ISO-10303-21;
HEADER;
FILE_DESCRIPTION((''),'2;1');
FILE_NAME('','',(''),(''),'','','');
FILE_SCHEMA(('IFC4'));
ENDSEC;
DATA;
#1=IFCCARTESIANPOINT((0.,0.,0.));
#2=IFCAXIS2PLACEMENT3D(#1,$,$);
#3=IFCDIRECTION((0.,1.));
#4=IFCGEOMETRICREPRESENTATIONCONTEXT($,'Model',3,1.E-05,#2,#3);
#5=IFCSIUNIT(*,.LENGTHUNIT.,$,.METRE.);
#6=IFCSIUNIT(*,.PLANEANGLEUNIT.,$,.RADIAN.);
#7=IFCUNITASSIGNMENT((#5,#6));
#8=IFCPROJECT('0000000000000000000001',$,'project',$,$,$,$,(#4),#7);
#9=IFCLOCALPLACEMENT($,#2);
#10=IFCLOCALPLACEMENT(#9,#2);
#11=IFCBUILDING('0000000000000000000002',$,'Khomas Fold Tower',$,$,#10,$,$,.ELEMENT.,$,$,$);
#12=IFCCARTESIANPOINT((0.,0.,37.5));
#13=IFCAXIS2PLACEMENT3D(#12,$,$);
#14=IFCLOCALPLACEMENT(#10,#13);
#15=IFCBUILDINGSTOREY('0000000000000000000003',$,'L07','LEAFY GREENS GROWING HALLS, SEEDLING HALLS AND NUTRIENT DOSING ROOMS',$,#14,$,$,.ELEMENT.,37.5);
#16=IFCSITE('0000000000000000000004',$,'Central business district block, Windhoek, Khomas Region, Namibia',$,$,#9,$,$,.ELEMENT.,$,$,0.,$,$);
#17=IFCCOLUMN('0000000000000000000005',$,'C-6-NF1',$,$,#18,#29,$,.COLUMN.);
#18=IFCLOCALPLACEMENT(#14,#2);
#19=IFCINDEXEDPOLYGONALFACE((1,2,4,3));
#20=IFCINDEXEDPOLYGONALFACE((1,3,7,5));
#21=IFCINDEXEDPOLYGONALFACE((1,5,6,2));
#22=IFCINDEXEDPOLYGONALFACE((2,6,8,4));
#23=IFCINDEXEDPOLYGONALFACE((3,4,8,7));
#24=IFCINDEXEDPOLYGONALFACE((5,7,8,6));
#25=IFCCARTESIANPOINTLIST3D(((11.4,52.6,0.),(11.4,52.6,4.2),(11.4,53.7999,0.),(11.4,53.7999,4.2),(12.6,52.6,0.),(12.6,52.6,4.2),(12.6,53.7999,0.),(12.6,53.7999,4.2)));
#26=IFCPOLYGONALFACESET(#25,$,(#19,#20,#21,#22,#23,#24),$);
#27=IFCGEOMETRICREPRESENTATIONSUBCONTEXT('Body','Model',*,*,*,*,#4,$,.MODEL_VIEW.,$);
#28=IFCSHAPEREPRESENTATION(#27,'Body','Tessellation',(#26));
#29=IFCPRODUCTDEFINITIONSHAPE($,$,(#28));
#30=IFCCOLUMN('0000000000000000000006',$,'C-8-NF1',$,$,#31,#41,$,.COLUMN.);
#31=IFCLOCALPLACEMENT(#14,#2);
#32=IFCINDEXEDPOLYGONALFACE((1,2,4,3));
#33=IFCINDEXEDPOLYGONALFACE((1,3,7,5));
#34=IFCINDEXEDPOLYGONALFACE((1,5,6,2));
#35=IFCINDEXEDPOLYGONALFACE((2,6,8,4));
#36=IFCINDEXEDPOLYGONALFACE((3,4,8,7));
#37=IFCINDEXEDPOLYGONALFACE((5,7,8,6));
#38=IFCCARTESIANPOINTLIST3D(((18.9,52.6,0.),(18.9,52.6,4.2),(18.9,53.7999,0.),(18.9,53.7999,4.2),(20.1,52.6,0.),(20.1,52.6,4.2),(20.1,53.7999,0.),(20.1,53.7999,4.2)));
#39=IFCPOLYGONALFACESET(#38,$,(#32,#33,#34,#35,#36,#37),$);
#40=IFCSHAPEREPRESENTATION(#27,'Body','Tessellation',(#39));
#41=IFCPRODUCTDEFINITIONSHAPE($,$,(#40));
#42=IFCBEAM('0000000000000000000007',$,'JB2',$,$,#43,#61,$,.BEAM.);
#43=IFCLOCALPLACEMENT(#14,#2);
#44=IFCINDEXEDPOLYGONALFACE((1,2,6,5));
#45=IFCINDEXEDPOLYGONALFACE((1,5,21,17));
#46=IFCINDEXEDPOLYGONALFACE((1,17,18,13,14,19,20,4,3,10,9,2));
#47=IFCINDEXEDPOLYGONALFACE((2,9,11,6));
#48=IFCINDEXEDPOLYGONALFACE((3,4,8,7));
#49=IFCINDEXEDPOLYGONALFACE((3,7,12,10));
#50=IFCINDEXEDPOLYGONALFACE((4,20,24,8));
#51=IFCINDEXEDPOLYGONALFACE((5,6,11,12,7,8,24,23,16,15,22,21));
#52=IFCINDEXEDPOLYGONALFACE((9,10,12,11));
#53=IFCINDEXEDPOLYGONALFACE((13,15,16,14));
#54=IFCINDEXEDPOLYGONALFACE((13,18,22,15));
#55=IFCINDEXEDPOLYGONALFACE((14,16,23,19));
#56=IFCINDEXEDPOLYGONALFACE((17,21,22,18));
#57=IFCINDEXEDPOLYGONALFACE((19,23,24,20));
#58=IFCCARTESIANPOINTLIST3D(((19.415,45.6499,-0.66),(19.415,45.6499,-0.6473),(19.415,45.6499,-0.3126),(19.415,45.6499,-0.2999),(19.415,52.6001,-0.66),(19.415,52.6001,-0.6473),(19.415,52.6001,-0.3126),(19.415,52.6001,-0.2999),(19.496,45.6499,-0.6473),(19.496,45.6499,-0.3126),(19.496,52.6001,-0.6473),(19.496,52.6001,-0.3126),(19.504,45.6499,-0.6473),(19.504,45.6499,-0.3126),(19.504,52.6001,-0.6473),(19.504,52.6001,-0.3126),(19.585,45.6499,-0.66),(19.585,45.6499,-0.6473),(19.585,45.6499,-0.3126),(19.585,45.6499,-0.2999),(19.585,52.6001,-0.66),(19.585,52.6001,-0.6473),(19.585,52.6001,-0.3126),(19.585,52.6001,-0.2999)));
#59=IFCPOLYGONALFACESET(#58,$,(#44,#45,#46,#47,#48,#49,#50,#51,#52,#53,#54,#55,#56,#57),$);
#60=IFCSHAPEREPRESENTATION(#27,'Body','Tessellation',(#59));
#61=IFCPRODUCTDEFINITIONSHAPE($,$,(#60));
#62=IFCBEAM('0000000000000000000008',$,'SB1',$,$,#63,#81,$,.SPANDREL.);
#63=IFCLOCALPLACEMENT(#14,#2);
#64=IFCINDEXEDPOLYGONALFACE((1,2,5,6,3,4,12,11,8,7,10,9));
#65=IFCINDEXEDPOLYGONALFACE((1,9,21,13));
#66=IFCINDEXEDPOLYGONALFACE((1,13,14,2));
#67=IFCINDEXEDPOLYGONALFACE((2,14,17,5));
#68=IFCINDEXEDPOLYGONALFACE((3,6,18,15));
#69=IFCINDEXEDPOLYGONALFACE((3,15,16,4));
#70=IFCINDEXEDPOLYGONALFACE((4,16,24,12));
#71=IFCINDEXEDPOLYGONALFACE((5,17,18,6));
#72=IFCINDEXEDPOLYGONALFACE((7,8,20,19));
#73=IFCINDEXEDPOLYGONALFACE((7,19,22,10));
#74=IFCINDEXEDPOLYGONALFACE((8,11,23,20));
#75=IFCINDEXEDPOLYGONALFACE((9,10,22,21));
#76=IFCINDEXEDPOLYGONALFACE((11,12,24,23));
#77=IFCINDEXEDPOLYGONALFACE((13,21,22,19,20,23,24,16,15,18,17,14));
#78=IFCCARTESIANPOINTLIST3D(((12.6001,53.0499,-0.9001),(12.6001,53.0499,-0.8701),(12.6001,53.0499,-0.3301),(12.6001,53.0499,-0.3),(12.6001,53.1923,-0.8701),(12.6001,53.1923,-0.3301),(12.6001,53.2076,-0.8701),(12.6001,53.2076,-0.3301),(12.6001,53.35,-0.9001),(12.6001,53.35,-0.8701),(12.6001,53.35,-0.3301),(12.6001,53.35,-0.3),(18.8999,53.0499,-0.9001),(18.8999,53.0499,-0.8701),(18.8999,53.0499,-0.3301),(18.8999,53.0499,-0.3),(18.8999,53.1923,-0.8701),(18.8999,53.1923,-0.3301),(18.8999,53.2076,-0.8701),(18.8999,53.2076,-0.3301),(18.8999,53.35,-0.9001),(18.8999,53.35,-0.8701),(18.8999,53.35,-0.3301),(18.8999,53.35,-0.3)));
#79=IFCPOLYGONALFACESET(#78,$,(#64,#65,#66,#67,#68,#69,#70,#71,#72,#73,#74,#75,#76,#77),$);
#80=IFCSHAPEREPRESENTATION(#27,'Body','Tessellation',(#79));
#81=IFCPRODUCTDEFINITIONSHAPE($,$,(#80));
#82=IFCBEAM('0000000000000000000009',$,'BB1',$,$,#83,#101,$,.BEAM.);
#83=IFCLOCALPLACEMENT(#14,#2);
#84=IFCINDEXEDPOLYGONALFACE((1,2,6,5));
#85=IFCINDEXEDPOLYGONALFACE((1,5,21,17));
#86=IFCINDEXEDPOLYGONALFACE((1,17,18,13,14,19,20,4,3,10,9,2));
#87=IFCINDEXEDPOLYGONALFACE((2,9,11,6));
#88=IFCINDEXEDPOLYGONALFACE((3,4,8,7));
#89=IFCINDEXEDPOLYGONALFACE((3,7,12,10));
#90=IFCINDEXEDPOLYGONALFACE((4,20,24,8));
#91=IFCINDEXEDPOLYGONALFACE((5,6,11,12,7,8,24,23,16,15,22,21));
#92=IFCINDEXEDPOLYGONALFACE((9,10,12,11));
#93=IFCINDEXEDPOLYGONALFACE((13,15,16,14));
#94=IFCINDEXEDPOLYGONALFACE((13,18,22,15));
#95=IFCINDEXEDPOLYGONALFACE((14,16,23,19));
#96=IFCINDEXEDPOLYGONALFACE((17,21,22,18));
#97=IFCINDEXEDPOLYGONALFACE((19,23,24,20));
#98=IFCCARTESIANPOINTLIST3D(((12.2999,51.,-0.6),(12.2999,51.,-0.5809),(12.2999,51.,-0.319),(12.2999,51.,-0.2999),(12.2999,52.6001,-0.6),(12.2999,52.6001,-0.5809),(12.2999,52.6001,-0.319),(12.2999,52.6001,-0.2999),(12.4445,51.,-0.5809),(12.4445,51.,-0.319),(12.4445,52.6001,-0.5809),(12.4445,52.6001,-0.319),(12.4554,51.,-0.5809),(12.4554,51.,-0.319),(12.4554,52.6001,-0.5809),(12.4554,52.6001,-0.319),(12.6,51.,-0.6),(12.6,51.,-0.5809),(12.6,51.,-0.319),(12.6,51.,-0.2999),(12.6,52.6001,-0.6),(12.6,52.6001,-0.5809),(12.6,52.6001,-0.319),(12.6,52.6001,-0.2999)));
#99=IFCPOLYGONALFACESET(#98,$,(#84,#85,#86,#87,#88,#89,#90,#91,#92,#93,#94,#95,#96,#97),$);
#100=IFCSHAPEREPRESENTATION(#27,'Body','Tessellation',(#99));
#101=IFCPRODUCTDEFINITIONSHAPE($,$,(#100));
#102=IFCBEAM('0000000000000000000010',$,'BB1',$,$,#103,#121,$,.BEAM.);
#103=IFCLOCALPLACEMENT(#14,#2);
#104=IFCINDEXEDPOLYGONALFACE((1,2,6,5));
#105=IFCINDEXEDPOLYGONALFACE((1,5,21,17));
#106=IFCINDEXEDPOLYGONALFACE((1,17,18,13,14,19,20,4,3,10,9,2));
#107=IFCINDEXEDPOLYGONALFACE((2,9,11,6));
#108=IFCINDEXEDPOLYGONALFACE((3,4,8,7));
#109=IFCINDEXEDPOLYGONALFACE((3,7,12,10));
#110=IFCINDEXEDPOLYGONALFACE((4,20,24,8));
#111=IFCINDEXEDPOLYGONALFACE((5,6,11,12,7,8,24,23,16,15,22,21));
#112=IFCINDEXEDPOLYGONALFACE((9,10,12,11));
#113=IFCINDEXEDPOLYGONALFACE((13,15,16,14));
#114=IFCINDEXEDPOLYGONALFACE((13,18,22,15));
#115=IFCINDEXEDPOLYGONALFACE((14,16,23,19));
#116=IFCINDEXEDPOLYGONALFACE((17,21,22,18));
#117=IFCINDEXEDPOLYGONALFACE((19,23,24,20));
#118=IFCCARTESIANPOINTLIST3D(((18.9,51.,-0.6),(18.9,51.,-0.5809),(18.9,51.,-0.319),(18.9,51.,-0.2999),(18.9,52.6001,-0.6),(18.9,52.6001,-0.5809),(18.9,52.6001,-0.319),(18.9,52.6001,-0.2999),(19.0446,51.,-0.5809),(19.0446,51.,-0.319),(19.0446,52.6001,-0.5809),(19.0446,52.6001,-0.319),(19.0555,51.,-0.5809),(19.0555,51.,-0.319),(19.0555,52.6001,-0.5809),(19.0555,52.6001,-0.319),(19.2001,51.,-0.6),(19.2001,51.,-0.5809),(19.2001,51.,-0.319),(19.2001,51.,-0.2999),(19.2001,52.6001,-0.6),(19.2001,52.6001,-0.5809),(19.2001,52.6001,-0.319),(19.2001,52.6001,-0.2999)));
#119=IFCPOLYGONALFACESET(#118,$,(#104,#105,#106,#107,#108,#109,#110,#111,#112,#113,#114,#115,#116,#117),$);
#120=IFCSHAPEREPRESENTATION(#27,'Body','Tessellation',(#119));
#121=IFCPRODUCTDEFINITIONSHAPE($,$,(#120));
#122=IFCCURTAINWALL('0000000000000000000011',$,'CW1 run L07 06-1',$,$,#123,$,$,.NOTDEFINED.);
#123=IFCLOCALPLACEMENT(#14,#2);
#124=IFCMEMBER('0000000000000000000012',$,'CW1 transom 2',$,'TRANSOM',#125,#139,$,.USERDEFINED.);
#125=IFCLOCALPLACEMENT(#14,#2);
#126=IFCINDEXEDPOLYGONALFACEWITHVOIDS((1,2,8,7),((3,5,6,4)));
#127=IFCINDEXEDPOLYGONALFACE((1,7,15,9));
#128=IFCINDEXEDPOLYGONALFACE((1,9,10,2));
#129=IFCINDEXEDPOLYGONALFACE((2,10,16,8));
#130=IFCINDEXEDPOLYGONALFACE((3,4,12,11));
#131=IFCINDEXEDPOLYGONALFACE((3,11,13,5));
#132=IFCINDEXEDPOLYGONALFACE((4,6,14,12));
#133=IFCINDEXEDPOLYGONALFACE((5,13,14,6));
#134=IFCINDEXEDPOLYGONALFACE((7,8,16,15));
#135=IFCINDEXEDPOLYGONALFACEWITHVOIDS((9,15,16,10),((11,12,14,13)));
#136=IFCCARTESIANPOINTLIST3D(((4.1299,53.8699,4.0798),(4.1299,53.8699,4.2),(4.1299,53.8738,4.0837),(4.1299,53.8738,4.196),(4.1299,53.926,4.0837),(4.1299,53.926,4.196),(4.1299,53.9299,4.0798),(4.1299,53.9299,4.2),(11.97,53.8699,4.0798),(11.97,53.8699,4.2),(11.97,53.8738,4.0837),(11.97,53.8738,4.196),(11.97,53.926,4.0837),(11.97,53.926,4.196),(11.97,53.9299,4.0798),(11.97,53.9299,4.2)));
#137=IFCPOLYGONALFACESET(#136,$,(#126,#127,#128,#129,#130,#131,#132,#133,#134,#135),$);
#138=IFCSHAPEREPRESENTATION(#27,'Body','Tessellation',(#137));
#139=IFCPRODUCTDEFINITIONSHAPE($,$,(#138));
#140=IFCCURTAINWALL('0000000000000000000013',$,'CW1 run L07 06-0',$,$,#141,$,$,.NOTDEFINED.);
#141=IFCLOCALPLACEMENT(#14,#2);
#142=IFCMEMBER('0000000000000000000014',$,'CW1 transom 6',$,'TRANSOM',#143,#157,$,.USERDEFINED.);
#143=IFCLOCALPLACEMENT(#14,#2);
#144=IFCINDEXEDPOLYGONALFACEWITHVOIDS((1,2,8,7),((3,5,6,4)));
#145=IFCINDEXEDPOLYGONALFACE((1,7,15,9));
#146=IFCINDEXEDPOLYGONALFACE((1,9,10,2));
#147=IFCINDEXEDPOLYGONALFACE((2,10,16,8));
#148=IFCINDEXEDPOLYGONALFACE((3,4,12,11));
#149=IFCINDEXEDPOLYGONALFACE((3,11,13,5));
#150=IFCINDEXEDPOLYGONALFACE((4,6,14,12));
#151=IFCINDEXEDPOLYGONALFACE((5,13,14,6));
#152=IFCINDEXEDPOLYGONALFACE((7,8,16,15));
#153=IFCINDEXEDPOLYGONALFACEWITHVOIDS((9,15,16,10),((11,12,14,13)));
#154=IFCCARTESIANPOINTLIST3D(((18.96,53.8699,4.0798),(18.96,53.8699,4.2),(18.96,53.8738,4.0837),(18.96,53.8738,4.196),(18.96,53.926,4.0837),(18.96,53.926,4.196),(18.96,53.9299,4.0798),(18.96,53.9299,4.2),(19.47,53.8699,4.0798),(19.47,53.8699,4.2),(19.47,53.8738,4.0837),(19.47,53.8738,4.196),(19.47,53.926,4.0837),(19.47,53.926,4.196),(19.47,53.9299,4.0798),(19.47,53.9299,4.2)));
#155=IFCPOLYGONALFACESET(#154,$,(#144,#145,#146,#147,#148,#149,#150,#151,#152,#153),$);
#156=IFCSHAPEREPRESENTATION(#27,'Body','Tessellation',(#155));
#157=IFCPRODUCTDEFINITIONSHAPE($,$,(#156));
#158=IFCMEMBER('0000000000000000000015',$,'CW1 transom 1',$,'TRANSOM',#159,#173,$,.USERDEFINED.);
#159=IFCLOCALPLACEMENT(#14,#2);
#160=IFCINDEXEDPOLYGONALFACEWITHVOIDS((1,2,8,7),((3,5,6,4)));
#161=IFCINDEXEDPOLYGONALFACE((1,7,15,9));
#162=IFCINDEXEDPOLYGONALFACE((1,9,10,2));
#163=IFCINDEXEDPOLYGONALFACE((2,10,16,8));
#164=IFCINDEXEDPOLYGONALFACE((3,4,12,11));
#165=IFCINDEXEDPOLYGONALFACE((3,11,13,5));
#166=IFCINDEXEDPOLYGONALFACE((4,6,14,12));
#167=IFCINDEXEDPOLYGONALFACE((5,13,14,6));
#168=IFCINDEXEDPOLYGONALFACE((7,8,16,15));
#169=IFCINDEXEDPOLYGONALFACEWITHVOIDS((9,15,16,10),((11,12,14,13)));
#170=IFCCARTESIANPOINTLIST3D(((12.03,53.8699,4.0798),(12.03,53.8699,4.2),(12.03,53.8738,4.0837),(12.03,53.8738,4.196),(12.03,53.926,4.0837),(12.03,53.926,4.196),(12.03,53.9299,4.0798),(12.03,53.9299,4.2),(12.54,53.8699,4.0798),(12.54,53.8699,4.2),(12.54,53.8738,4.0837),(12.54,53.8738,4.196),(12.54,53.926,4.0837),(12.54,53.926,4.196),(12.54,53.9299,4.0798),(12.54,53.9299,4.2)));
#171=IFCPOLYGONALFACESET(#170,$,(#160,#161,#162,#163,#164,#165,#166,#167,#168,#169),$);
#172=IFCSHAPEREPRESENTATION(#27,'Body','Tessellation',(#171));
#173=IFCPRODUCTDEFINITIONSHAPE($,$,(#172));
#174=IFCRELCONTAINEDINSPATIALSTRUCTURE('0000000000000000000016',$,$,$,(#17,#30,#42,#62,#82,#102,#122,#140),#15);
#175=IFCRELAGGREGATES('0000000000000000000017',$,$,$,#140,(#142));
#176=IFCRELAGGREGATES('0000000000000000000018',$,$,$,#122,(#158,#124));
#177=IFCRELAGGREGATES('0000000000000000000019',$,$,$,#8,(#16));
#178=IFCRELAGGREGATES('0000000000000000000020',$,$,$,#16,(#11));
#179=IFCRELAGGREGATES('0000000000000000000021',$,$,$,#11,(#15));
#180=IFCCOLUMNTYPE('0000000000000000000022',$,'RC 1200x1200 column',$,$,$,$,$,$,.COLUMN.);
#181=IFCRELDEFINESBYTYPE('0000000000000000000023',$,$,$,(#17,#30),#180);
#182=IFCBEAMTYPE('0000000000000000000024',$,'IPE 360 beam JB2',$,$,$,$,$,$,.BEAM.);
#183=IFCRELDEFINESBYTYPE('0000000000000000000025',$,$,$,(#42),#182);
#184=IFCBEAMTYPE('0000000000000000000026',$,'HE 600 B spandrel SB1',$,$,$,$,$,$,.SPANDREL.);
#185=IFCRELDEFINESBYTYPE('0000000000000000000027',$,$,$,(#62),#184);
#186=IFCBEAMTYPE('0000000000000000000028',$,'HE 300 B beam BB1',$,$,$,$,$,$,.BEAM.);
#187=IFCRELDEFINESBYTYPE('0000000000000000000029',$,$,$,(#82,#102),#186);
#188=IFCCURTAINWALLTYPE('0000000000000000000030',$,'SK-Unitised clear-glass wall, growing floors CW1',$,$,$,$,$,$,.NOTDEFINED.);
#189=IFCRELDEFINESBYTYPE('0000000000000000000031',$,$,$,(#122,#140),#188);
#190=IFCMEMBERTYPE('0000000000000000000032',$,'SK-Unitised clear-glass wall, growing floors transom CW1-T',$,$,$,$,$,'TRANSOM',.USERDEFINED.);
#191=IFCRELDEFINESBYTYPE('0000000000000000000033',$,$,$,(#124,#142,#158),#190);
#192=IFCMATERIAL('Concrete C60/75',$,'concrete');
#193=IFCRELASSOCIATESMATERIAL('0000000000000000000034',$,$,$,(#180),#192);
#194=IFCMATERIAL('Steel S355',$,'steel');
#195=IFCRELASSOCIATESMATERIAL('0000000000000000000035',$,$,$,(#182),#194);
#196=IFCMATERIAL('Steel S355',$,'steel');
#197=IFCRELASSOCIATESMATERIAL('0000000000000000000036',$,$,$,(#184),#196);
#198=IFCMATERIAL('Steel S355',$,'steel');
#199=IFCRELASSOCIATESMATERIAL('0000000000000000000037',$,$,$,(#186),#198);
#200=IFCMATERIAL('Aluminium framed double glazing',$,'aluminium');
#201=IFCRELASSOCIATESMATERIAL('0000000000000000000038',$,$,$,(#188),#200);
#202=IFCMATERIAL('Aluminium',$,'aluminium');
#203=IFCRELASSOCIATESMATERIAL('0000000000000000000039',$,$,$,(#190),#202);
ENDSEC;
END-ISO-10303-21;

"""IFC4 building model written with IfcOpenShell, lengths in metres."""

from ifc_helpers import new_model, si_unit, direction, frame, origin, origin_2d, place, context, subcontext, project, spatial, rectangle, hollow_rectangle, i_section, extrude, source, transform, mapped, material, material_profile, profile_set, type_object, element, aggregate, save


model = new_model("IFC4")

# Units and contexts
model_context = context("Model", 3, precision=1e-05, world=origin(), true_north=direction((0.0, 1.0)))
body_context = subcontext(model_context, "Body", "Model", "MODEL_VIEW")
ifc_project = project(units=[si_unit("LENGTHUNIT", "METRE"), si_unit("PLANEANGLEUNIT", "RADIAN")], contexts=[model_context])

# Site, building, storey
site_placement = place(None, origin())
site = spatial("IfcSite", under=ifc_project, at=site_placement, Name="Central business district block, Windhoek, Khomas Region, Namibia", CompositionType="ELEMENT", RefElevation=0.0)
building_placement = place(site_placement, origin())
building = spatial("IfcBuilding", under=site, at=building_placement, Name="Khomas Fold Tower", CompositionType="ELEMENT")
storey_placement = place(building_placement, frame((0.0, 0.0, 37.5)))
storey = spatial("IfcBuildingStorey", under=building, at=storey_placement, Name="L07", Description="LEAFY GREENS GROWING HALLS, SEEDLING HALLS AND NUTRIENT DOSING ROOMS", CompositionType="ELEMENT", Elevation=37.5)

# Columns
ifc_material_1 = material(Name="Concrete C60/75", Category="concrete")
ifc_material_profile_1 = material_profile(ifc_material_1, rectangle(XDim=1.2, YDim=1.2, at=origin_2d()), Name="RC 1200x1200")
ifc_profile_set_1 = profile_set([ifc_material_profile_1], Name="Concrete C60/75")
column_type = type_object("IfcColumnType", Name="RC 1200x1200 column", PredefinedType="COLUMN", material=ifc_profile_set_1)
shared_shape_1 = source(origin(), body_context, "Body", "SweptSolid", [
    extrude(rectangle(XDim=1.2, YDim=1.2, at=origin_2d()), origin(), (0.0, 0.0, 1.0), 4.2),
])
for number, where, z_axis, x_axis, name in (
    (1, (12.0, 53.2, 0.0), (0.0, 0.0, 1.0), (1.0, 0.0, 0.0), "C-6-NF1"),
    (2, (19.5, 53.2, 0.0), (0.0, 0.0, 1.0), (1.0, 0.0, 0.0), "C-8-NF1"),
):
    element("IfcColumn", number, at=place(storey_placement, frame(where, z_axis=z_axis, x_axis=x_axis)), inside=storey, type_object=column_type, Name=name, PredefinedType="COLUMN", context=body_context, shape_type="MappedRepresentation", body=[
        mapped(shared_shape_1, transform((0.0, 0.0, 0.0))),
    ])

# Beams
ifc_material_2 = material(Name="Steel S355", Category="steel")
ifc_material_profile_2 = material_profile(ifc_material_2, i_section(OverallWidth=0.1699, OverallDepth=0.3601, WebThickness=0.0081, FlangeThickness=0.0127, at=origin_2d()), Name="IPE 360")
ifc_profile_set_2 = profile_set([ifc_material_profile_2], Name="Steel S355")
beam_type_1 = type_object("IfcBeamType", Name="IPE 360 beam JB2", PredefinedType="BEAM", material=ifc_profile_set_2)
shared_shape_2 = source(origin(), body_context, "Body", "SweptSolid", [
    extrude(i_section(OverallWidth=0.1699, OverallDepth=0.3601, WebThickness=0.0081, FlangeThickness=0.0127, at=origin_2d()), origin(), (0.0, 0.0, 1.0), 6.9502),
])
beam_1_placement = place(storey_placement, frame((19.5, 45.6499, -0.48), z_axis=(0.0, 1.0, 0.0), x_axis=(-1.0, 0.0, 0.0)))
element("IfcBeam", 3, at=beam_1_placement, inside=storey, type_object=beam_type_1, Name="JB2", PredefinedType="BEAM", context=body_context, shape_type="MappedRepresentation", body=[
    mapped(shared_shape_2, transform((0.0, 0.0, 0.0))),
])
ifc_material_3 = material(Name="Steel S355", Category="steel")
ifc_material_profile_3 = material_profile(ifc_material_3, i_section(OverallWidth=0.3, OverallDepth=0.6001, WebThickness=0.0154, FlangeThickness=0.03, at=origin_2d()), Name="HE 600 B")
ifc_profile_set_3 = profile_set([ifc_material_profile_3], Name="Steel S355")
beam_type_2 = type_object("IfcBeamType", Name="HE 600 B spandrel SB1", PredefinedType="SPANDREL", material=ifc_profile_set_3)
shared_shape_3 = source(origin(), body_context, "Body", "SweptSolid", [
    extrude(i_section(OverallWidth=0.3, OverallDepth=0.6001, WebThickness=0.0154, FlangeThickness=0.03, at=origin_2d()), origin(), (0.0, 0.0, 1.0), 6.2998),
])
beam_2_placement = place(storey_placement, frame((12.6001, 53.2, -0.6001), z_axis=(1.0, 0.0, 0.0), x_axis=(0.0, 1.0, 0.0)))
element("IfcBeam", 4, at=beam_2_placement, inside=storey, type_object=beam_type_2, Name="SB1", PredefinedType="SPANDREL", context=body_context, shape_type="MappedRepresentation", body=[
    mapped(shared_shape_3, transform((0.0, 0.0, 0.0))),
])
ifc_material_4 = material(Name="Steel S355", Category="steel")
ifc_material_profile_4 = material_profile(ifc_material_4, i_section(OverallWidth=0.3, OverallDepth=0.3, WebThickness=0.011, FlangeThickness=0.019, at=origin_2d()), Name="HE 300 B")
ifc_profile_set_4 = profile_set([ifc_material_profile_4], Name="Steel S355")
beam_type_3 = type_object("IfcBeamType", Name="HE 300 B beam BB1", PredefinedType="BEAM", material=ifc_profile_set_4)
shared_shape_4 = source(origin(), body_context, "Body", "SweptSolid", [
    extrude(i_section(OverallWidth=0.3, OverallDepth=0.3, WebThickness=0.011, FlangeThickness=0.019, at=origin_2d()), origin(), (0.0, 0.0, 1.0), 1.6001),
])
for number, where, z_axis, x_axis, name in (
    (5, (12.45, 51.0, -0.45), (0.0, 1.0, 0.0), (-1.0, 0.0, 0.0), "BB1"),
    (6, (19.05, 51.0, -0.45), (0.0, 1.0, 0.0), (-1.0, 0.0, 0.0), "BB1"),
):
    element("IfcBeam", number, at=place(storey_placement, frame(where, z_axis=z_axis, x_axis=x_axis)), inside=storey, type_object=beam_type_3, Name=name, PredefinedType="BEAM", context=body_context, shape_type="MappedRepresentation", body=[
        mapped(shared_shape_4, transform((0.0, 0.0, 0.0))),
    ])

# Curtain walls, members
ifc_material_5 = material(Name="Aluminium framed double glazing", Category="aluminium")
curtain_wall_type = type_object("IfcCurtainWallType", Name="SK-Unitised clear-glass wall, growing floors CW1", PredefinedType="NOTDEFINED", material=ifc_material_5)
curtain_wall_1_placement = place(storey_placement, origin())
curtain_wall_1 = element("IfcCurtainWall", 7, at=curtain_wall_1_placement, inside=storey, type_object=curtain_wall_type, Name="CW1 run L07 06-1", PredefinedType="NOTDEFINED")
ifc_material_6 = material(Name="Aluminium", Category="aluminium")
ifc_material_profile_5 = material_profile(ifc_material_6, hollow_rectangle(XDim=0.0601, YDim=0.1201, WallThickness=0.0039, at=origin_2d()), Name="SK-Unitised clear-glass wall, growing floors transom CW1-T")
ifc_profile_set_5 = profile_set([ifc_material_profile_5], Name="Aluminium")
member_type_1 = type_object("IfcMemberType", Name="SK-Unitised clear-glass wall, growing floors transom CW1-T", ElementType="TRANSOM", PredefinedType="USERDEFINED", material=ifc_profile_set_5)
shared_shape_5 = source(origin(), body_context, "Body", "SweptSolid", [
    extrude(hollow_rectangle(XDim=0.0601, YDim=0.1201, WallThickness=0.0039, at=origin_2d()), origin(), (0.0, 0.0, 1.0), 7.8401),
])
member_1_placement = place(storey_placement, frame((11.97, 53.8999, 4.1399), z_axis=(-1.0, 0.0, 0.0), x_axis=(0.0, -1.0, 0.0)))
member_1 = element("IfcMember", 8, at=member_1_placement, type_object=member_type_1, Name="CW1 transom 2", ObjectType="TRANSOM", PredefinedType="USERDEFINED", context=body_context, shape_type="MappedRepresentation", body=[
    mapped(shared_shape_5, transform((0.0, 0.0, 0.0))),
])
curtain_wall_2_placement = place(storey_placement, origin())
curtain_wall_2 = element("IfcCurtainWall", 9, at=curtain_wall_2_placement, inside=storey, type_object=curtain_wall_type, Name="CW1 run L07 06-0", PredefinedType="NOTDEFINED")
shared_shape_6 = source(origin(), body_context, "Body", "SweptSolid", [
    extrude(hollow_rectangle(XDim=0.0601, YDim=0.1201, WallThickness=0.0039, at=origin_2d()), origin(), (0.0, 0.0, 1.0), 0.51),
])
member_2_placement = place(storey_placement, frame((19.47, 53.8999, 4.1399), z_axis=(-1.0, 0.0, 0.0), x_axis=(0.0, -1.0, 0.0)))
member_2 = element("IfcMember", 10, at=member_2_placement, type_object=member_type_1, Name="CW1 transom 6", ObjectType="TRANSOM", PredefinedType="USERDEFINED", context=body_context, shape_type="MappedRepresentation", body=[
    mapped(shared_shape_6, transform((0.0, 0.0, 0.0))),
])

# Member
member_3_placement = place(storey_placement, frame((12.54, 53.8999, 4.1399), z_axis=(-1.0, 0.0, 0.0), x_axis=(0.0, -1.0, 0.0)))
member_3 = element("IfcMember", 11, at=member_3_placement, type_object=member_type_1, Name="CW1 transom 1", ObjectType="TRANSOM", PredefinedType="USERDEFINED", context=body_context, shape_type="MappedRepresentation", body=[
    mapped(shared_shape_6, transform((0.0, 0.0, 0.0))),
])

aggregate(curtain_wall_2, [member_2])
aggregate(curtain_wall_1, [member_3, member_1])

save(model, "model.ifc")
